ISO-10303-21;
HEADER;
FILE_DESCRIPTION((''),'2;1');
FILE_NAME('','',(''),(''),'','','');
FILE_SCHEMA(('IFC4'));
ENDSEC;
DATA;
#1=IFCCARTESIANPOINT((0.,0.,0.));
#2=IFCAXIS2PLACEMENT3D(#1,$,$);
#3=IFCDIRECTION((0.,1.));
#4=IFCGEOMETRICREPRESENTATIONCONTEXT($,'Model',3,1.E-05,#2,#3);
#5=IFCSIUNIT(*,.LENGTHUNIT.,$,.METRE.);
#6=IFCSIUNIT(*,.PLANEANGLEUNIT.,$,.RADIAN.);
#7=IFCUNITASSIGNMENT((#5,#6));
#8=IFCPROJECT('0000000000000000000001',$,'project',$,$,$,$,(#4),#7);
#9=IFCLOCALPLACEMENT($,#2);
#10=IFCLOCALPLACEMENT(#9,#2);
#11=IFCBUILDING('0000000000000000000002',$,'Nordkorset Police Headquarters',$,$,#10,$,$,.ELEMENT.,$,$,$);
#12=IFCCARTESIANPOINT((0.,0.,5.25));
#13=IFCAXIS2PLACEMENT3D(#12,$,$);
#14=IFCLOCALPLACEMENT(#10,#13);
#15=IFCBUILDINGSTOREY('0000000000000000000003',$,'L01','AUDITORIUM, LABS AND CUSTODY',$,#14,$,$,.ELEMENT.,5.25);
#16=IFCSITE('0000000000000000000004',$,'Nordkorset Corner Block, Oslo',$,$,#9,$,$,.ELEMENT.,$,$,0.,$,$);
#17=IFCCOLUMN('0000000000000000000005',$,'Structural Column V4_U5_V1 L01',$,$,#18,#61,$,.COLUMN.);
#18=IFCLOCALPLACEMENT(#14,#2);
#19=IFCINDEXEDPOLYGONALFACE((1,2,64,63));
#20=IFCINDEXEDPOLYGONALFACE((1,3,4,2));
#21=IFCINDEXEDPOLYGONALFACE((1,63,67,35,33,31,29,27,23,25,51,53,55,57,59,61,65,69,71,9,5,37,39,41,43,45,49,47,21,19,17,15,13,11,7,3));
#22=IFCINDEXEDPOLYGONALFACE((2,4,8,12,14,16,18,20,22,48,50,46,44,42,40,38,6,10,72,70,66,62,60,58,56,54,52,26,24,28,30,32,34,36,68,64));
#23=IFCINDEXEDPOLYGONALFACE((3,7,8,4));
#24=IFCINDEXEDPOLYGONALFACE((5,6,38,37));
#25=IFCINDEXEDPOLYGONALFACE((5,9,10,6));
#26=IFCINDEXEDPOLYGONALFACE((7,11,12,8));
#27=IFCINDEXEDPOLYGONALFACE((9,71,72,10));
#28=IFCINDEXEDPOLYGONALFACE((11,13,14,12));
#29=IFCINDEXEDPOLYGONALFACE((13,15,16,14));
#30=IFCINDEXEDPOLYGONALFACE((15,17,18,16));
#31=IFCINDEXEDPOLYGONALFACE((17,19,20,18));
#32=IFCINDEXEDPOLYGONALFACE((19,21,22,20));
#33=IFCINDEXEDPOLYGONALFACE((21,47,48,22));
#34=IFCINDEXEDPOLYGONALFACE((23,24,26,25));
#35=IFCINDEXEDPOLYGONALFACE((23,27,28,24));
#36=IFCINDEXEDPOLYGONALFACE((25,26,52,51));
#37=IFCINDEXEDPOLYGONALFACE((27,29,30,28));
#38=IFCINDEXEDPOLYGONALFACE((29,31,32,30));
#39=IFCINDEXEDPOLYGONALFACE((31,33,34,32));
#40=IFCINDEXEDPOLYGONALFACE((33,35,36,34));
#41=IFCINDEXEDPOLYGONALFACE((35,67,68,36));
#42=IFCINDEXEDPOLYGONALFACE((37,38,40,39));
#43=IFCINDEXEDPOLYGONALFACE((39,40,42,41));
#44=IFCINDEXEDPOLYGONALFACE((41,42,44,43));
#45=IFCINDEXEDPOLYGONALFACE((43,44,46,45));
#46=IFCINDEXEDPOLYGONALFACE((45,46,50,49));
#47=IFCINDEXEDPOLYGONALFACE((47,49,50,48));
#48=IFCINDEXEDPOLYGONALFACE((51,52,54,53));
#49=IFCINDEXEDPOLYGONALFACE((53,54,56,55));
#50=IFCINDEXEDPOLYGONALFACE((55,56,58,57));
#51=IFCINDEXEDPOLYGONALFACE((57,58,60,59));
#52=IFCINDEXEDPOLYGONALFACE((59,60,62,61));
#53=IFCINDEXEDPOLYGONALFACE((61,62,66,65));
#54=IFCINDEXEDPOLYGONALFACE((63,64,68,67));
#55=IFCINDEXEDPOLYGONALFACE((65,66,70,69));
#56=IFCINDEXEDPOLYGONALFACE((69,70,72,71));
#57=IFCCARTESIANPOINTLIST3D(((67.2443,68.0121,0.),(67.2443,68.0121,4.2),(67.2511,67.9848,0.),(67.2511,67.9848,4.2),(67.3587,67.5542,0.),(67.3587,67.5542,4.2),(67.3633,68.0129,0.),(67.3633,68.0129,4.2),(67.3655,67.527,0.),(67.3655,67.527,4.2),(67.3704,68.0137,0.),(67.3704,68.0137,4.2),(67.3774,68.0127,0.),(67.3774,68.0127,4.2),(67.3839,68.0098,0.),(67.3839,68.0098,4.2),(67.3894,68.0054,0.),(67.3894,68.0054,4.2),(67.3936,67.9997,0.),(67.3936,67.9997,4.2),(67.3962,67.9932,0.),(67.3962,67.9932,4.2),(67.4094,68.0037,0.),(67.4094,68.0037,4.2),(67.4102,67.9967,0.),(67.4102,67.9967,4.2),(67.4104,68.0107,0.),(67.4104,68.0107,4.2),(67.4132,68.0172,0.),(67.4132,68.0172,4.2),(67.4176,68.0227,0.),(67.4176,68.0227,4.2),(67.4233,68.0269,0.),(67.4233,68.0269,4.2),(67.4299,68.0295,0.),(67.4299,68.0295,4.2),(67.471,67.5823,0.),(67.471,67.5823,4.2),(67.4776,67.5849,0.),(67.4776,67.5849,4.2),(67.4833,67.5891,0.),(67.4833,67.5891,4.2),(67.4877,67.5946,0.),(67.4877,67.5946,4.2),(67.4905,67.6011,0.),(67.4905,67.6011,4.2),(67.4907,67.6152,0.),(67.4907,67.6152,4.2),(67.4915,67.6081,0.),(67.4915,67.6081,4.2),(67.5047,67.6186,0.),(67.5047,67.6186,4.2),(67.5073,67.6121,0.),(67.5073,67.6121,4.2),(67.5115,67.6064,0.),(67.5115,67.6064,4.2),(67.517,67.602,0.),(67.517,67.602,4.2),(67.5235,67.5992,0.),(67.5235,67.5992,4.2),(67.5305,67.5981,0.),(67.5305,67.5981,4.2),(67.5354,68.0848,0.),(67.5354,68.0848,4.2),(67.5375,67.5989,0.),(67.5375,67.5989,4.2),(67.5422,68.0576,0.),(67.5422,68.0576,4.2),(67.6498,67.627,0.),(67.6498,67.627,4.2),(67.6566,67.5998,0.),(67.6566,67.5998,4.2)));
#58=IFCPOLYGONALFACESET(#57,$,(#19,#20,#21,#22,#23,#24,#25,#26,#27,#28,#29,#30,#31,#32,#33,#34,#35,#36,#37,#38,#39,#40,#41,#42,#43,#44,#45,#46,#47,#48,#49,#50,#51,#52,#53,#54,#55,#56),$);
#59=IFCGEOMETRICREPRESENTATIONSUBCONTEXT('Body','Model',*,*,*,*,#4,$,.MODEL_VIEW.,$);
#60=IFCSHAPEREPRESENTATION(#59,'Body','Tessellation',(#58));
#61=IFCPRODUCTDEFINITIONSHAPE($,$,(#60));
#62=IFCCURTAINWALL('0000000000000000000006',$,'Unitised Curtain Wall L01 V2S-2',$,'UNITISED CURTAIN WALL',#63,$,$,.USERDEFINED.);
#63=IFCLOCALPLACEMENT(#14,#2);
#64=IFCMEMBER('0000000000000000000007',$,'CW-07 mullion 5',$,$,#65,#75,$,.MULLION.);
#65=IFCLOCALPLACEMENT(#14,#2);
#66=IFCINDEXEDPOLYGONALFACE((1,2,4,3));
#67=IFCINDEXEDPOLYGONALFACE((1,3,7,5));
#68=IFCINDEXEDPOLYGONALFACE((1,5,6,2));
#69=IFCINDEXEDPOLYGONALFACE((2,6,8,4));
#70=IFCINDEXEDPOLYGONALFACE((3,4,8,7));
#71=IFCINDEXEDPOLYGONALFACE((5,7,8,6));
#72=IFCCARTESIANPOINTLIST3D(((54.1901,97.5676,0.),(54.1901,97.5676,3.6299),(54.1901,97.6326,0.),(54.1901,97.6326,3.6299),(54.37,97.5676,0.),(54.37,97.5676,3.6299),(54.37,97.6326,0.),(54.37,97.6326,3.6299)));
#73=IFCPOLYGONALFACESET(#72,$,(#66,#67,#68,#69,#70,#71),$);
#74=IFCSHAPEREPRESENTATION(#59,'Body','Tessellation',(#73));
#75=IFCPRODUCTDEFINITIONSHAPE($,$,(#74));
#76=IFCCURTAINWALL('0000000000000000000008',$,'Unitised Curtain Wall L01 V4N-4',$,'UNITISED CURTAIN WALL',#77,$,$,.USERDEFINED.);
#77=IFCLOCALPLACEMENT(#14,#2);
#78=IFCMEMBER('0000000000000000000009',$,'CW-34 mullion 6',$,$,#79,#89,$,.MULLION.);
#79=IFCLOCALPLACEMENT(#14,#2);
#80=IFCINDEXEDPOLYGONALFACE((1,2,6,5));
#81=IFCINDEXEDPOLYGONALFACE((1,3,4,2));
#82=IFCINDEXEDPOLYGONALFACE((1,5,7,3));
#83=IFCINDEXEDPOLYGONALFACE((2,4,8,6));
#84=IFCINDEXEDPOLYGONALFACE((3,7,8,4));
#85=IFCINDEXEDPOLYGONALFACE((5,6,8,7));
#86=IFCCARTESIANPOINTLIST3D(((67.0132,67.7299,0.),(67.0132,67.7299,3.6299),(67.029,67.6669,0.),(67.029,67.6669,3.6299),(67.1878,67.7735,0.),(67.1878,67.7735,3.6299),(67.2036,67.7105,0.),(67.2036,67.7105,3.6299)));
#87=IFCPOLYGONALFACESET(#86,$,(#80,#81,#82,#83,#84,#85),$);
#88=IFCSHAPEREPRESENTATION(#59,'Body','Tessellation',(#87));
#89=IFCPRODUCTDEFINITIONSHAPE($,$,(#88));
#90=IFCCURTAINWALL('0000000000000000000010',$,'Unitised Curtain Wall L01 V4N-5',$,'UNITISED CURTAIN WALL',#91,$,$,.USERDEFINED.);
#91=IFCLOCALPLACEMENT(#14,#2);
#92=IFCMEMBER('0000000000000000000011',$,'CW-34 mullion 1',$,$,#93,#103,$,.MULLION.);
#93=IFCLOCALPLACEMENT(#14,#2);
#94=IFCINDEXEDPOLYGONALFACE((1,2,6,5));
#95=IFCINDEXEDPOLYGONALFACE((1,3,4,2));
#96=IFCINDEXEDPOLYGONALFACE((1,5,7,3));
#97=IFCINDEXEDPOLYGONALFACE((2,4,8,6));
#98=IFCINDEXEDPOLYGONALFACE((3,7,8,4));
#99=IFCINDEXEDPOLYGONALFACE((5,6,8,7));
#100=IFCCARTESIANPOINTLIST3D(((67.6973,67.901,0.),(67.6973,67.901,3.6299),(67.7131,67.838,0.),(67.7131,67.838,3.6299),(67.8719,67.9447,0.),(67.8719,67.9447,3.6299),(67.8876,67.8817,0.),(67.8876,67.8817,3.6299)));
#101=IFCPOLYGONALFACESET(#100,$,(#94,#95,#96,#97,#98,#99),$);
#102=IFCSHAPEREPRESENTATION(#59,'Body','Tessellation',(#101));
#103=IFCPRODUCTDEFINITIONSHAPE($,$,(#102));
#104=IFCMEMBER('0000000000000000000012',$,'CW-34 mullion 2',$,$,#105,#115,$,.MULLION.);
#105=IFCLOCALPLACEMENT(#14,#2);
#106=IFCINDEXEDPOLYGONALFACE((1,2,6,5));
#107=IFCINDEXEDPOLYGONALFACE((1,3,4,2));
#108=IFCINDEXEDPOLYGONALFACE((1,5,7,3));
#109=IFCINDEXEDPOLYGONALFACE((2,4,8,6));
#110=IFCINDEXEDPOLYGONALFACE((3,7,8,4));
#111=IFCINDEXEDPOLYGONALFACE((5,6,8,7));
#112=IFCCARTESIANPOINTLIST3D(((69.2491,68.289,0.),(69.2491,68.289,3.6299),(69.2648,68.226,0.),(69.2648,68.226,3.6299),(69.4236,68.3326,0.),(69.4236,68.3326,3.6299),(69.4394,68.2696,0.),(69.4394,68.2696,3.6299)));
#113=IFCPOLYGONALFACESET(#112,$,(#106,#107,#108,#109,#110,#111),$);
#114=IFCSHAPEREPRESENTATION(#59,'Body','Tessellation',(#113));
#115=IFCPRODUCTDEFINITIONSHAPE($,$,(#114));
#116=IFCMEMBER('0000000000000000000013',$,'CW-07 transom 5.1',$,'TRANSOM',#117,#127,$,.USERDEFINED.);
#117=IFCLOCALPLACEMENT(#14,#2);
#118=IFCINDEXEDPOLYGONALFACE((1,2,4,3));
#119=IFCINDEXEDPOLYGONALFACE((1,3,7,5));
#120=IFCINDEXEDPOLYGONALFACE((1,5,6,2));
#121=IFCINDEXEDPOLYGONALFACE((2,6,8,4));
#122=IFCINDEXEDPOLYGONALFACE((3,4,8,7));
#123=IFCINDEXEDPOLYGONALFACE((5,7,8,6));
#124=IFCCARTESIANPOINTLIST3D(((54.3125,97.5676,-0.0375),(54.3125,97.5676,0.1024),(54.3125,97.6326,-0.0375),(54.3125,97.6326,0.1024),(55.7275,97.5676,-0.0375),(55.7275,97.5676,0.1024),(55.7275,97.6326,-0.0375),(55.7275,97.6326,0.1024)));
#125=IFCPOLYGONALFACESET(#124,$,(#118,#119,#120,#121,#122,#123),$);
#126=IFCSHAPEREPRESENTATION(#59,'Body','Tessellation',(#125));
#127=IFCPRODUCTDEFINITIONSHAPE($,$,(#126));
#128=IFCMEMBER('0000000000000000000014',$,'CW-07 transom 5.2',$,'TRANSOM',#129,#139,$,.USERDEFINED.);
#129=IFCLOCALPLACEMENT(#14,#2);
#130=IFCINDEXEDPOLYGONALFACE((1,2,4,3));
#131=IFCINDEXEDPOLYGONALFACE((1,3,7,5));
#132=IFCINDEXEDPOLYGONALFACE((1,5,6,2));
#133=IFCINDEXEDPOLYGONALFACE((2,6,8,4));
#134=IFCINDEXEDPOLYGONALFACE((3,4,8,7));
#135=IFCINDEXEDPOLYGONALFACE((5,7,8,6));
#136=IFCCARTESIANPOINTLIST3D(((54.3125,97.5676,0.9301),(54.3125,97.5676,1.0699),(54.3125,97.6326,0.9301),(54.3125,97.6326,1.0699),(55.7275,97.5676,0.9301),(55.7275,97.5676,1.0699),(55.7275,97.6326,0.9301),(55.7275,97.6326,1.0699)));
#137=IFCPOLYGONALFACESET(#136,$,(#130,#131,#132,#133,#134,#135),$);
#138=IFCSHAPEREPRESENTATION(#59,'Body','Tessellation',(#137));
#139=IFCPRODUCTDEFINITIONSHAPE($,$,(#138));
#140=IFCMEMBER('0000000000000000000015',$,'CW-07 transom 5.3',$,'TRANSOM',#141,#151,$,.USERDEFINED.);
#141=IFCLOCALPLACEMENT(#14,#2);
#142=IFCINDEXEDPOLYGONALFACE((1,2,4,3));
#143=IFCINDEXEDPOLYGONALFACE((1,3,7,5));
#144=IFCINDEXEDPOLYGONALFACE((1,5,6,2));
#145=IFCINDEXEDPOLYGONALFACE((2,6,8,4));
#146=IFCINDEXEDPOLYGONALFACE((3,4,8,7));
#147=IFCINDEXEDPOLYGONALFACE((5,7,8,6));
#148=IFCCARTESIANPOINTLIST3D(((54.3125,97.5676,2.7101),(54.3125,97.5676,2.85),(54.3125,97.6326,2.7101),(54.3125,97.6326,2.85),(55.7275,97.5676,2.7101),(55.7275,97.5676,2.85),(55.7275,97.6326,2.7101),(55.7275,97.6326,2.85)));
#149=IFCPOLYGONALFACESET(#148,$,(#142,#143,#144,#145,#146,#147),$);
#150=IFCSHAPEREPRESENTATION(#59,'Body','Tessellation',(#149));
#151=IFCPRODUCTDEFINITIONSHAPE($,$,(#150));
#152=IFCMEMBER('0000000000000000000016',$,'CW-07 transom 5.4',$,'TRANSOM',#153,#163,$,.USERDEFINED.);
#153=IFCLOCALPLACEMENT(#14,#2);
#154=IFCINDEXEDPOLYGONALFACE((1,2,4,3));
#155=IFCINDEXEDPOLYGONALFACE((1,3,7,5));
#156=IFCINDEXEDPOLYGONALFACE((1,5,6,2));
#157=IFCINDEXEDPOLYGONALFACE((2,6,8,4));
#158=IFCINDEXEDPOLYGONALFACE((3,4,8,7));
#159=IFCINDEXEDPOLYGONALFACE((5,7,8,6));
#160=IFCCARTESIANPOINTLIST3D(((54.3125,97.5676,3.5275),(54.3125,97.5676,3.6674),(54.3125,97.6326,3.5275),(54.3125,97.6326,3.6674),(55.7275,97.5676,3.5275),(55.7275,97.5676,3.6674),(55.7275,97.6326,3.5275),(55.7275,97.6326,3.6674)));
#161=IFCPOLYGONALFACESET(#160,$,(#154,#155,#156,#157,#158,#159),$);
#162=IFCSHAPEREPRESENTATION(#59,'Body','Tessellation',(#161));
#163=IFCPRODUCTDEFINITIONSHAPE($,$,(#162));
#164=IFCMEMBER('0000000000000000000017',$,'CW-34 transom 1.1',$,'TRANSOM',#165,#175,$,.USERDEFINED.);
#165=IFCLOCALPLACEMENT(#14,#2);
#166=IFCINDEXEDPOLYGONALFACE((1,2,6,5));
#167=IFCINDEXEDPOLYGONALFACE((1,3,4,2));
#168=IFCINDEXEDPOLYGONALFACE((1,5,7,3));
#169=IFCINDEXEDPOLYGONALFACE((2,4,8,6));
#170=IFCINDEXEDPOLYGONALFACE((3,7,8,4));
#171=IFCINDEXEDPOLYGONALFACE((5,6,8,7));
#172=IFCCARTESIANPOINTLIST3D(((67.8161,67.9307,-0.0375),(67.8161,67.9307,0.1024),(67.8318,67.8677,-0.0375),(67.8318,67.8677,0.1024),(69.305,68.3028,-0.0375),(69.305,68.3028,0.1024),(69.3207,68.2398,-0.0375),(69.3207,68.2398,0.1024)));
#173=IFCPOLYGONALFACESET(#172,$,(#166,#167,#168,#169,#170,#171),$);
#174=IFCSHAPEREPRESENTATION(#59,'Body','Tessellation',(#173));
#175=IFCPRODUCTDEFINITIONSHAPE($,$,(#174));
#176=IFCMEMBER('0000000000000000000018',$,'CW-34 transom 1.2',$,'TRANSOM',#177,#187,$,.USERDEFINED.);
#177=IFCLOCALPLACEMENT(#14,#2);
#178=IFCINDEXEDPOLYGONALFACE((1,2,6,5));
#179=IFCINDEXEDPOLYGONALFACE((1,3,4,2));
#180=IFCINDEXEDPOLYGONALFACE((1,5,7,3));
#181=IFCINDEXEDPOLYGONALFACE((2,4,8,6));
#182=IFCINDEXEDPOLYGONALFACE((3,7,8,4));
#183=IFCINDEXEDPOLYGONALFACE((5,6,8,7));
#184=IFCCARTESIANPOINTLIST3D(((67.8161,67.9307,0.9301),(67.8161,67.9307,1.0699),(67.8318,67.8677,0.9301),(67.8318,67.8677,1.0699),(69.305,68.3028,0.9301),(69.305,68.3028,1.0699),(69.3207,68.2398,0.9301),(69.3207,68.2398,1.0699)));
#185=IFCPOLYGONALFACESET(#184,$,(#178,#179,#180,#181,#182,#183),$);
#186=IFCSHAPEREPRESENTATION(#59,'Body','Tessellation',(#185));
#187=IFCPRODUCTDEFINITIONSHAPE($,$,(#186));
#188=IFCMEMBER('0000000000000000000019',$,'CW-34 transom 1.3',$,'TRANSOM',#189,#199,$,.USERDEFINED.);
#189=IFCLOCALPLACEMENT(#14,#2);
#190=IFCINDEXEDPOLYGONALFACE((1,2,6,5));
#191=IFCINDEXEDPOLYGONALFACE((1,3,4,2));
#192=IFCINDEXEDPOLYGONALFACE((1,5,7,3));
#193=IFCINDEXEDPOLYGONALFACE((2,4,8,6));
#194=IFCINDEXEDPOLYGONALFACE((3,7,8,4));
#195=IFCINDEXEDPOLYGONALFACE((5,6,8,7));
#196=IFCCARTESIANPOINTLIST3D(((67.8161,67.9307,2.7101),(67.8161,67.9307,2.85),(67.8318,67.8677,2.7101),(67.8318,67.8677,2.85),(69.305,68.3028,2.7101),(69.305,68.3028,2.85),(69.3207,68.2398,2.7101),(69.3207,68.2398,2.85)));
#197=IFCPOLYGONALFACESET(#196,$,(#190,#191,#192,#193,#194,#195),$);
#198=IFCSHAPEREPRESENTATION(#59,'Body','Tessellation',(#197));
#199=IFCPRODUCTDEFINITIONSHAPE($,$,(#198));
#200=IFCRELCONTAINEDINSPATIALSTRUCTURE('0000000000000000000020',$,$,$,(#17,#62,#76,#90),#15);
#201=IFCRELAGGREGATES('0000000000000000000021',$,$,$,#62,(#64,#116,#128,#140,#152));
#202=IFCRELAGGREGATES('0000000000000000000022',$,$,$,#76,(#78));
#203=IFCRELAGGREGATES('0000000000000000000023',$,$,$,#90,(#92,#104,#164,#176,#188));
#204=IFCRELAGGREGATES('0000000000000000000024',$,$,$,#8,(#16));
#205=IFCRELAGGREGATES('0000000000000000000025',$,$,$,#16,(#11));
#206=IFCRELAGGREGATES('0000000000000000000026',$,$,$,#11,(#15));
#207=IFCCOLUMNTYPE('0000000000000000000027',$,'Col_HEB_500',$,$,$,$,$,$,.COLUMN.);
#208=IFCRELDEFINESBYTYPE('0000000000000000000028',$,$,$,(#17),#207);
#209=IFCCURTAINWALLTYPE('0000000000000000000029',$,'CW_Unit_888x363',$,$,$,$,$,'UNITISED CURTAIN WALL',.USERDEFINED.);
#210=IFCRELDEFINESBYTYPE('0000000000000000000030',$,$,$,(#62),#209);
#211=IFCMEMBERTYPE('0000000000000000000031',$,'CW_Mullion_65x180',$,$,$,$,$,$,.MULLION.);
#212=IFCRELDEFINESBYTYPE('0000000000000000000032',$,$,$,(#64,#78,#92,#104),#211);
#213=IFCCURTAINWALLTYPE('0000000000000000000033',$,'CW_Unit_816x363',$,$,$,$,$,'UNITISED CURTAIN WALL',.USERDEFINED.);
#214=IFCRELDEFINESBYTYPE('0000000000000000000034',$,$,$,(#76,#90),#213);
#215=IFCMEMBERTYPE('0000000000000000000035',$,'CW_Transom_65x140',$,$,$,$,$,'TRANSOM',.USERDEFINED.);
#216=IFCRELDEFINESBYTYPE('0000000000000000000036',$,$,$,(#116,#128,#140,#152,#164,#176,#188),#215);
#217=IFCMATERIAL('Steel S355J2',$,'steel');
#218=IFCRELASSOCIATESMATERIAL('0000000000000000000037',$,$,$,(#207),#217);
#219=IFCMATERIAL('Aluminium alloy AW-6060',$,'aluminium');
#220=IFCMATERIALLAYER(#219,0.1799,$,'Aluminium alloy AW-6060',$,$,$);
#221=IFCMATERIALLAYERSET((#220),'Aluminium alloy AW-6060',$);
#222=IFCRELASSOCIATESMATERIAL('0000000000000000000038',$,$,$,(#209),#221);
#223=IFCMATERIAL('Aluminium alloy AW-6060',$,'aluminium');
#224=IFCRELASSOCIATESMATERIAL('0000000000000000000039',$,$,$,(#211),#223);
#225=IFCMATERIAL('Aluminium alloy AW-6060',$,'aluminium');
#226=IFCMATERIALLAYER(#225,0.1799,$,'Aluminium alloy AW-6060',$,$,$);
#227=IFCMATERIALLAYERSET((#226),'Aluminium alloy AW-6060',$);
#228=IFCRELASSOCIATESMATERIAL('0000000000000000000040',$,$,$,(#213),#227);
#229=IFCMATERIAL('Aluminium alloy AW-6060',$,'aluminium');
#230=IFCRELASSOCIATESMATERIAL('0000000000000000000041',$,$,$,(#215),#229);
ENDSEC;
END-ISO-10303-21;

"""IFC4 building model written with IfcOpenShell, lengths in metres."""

from ifc_helpers import new_model, si_unit, direction, frame, origin, origin_2d, place, context, subcontext, project, spatial, rectangle, i_section, extrude, material, layer, layer_set, material_profile, profile_set, type_object, element, aggregate, save


model = new_model("IFC4")

# Units and contexts
model_context = context("Model", 3, precision=1e-05, world=origin(), true_north=direction((0.0, 1.0)))
body_context = subcontext(model_context, "Body", "Model", "MODEL_VIEW")
ifc_project = project(units=[si_unit("LENGTHUNIT", "METRE"), si_unit("PLANEANGLEUNIT", "RADIAN")], contexts=[model_context])

# Site, building, storey
site_placement = place(None, origin())
site = spatial("IfcSite", under=ifc_project, at=site_placement, Name="Nordkorset Corner Block, Oslo", CompositionType="ELEMENT", RefElevation=0.0)
building_placement = place(site_placement, origin())
building = spatial("IfcBuilding", under=site, at=building_placement, Name="Nordkorset Police Headquarters", CompositionType="ELEMENT")
storey_placement = place(building_placement, frame((0.0, 0.0, 5.25)))
storey = spatial("IfcBuildingStorey", under=building, at=storey_placement, Name="L01", Description="AUDITORIUM, LABS AND CUSTODY", CompositionType="ELEMENT", Elevation=5.25)

# Column
ifc_material_1 = material(Name="Steel S355J2", Category="steel")
ifc_material_profile_1 = material_profile(ifc_material_1, i_section(OverallWidth=0.3, OverallDepth=0.5, WebThickness=0.0144, FlangeThickness=0.0281, FilletRadius=0.0271, at=origin_2d()), Name="HEB 500")
ifc_profile_set_1 = profile_set([ifc_material_profile_1], Name="Steel S355J2")
column_type = type_object("IfcColumnType", Name="Col_HEB_500", PredefinedType="COLUMN", material=ifc_profile_set_1)
column_placement = place(storey_placement, frame((67.4504, 67.8059, 0.0), z_axis=(0.0, 0.0, 1.0), x_axis=(0.970143, 0.242536, 0.0)))
element("IfcColumn", 1, at=column_placement, inside=storey, type_object=column_type, Name="Structural Column V4_U5_V1 L01", PredefinedType="COLUMN", context=body_context, shape_type="SweptSolid", body=[
    extrude(i_section(OverallWidth=0.3, OverallDepth=0.5, WebThickness=0.0144, FlangeThickness=0.0281, FilletRadius=0.0271, at=origin_2d()), origin(), (0.0, 0.0, 1.0), 4.2),
])

# Curtain walls, members
ifc_material_2 = material(Name="Aluminium alloy AW-6060", Category="aluminium")
ifc_layer_1 = layer(ifc_material_2, 0.1799, Name="Aluminium alloy AW-6060")
ifc_layer_set_1 = layer_set([ifc_layer_1], Name="Aluminium alloy AW-6060")
curtain_wall_type_1 = type_object("IfcCurtainWallType", Name="CW_Unit_888x363", ElementType="UNITISED CURTAIN WALL", PredefinedType="USERDEFINED", material=ifc_layer_set_1)
curtain_wall_1_placement = place(storey_placement, origin())
curtain_wall_1 = element("IfcCurtainWall", 2, at=curtain_wall_1_placement, inside=storey, type_object=curtain_wall_type_1, Name="Unitised Curtain Wall L01 V2S-2", ObjectType="UNITISED CURTAIN WALL", PredefinedType="USERDEFINED")
ifc_material_3 = material(Name="Aluminium alloy AW-6060", Category="aluminium")
ifc_material_profile_2 = material_profile(ifc_material_3, rectangle(XDim=0.0649, YDim=0.1799, at=origin_2d()), Name="ALU MULL 65x180")
ifc_profile_set_2 = profile_set([ifc_material_profile_2], Name="Aluminium alloy AW-6060")
member_type_1 = type_object("IfcMemberType", Name="CW_Mullion_65x180", PredefinedType="MULLION", material=ifc_profile_set_2)
member_1_placement = place(storey_placement, frame((54.28, 97.6001, 0.0), z_axis=(0.0, 0.0, 1.0), x_axis=(0.0, 1.0, 0.0)))
member_1 = element("IfcMember", 3, at=member_1_placement, type_object=member_type_1, Name="CW-07 mullion 5", PredefinedType="MULLION", context=body_context, shape_type="SweptSolid", body=[
    extrude(rectangle(XDim=0.0649, YDim=0.1799, at=origin_2d()), origin(), (0.0, 0.0, 1.0), 3.6299),
])
ifc_material_4 = material(Name="Aluminium alloy AW-6060", Category="aluminium")
ifc_layer_2 = layer(ifc_material_4, 0.1799, Name="Aluminium alloy AW-6060")
ifc_layer_set_2 = layer_set([ifc_layer_2], Name="Aluminium alloy AW-6060")
curtain_wall_type_2 = type_object("IfcCurtainWallType", Name="CW_Unit_816x363", ElementType="UNITISED CURTAIN WALL", PredefinedType="USERDEFINED", material=ifc_layer_set_2)
curtain_wall_2_placement = place(storey_placement, origin())
curtain_wall_2 = element("IfcCurtainWall", 4, at=curtain_wall_2_placement, inside=storey, type_object=curtain_wall_type_2, Name="Unitised Curtain Wall L01 V4N-4", ObjectType="UNITISED CURTAIN WALL", PredefinedType="USERDEFINED")
member_2_placement = place(storey_placement, frame((67.1084, 67.7202, 0.0), z_axis=(0.0, 0.0, 1.0), x_axis=(-0.242535, 0.970143, 0.0)))
member_2 = element("IfcMember", 5, at=member_2_placement, type_object=member_type_1, Name="CW-34 mullion 6", PredefinedType="MULLION", context=body_context, shape_type="SweptSolid", body=[
    extrude(rectangle(XDim=0.0649, YDim=0.1799, at=origin_2d()), origin(), (0.0, 0.0, 1.0), 3.6299),
])

# Curtain wall, members
curtain_wall_3_placement = place(storey_placement, origin())
curtain_wall_3 = element("IfcCurtainWall", 6, at=curtain_wall_3_placement, inside=storey, type_object=curtain_wall_type_2, Name="Unitised Curtain Wall L01 V4N-5", ObjectType="UNITISED CURTAIN WALL", PredefinedType="USERDEFINED")
member_3_placement = place(storey_placement, frame((67.7925, 67.8914, 0.0), z_axis=(0.0, 0.0, 1.0), x_axis=(-0.242536, 0.970143, 0.0)))
member_3 = element("IfcMember", 7, at=member_3_placement, type_object=member_type_1, Name="CW-34 mullion 1", PredefinedType="MULLION", context=body_context, shape_type="SweptSolid", body=[
    extrude(rectangle(XDim=0.0649, YDim=0.1799, at=origin_2d()), origin(), (0.0, 0.0, 1.0), 3.6299),
])
member_4_placement = place(storey_placement, frame((69.3442, 68.2793, 0.0), z_axis=(0.0, 0.0, 1.0), x_axis=(-0.242536, 0.970143, 0.0)))
member_4 = element("IfcMember", 8, at=member_4_placement, type_object=member_type_1, Name="CW-34 mullion 2", PredefinedType="MULLION", context=body_context, shape_type="SweptSolid", body=[
    extrude(rectangle(XDim=0.0649, YDim=0.1799, at=origin_2d()), origin(), (0.0, 0.0, 1.0), 3.6299),
])

# Members
ifc_material_5 = material(Name="Aluminium alloy AW-6060", Category="aluminium")
ifc_material_profile_3 = material_profile(ifc_material_5, rectangle(XDim=0.0649, YDim=0.1399, at=origin_2d()), Name="ALU TRAN 65x140")
ifc_profile_set_3 = profile_set([ifc_material_profile_3], Name="Aluminium alloy AW-6060")
member_type_2 = type_object("IfcMemberType", Name="CW_Transom_65x140", ElementType="TRANSOM", PredefinedType="USERDEFINED", material=ifc_profile_set_3)
member_5_placement = place(storey_placement, frame((54.3125, 97.6001, 0.0325), z_axis=(1.0, 0.0, 0.0), x_axis=(0.0, 1.0, 0.0)))
member_5 = element("IfcMember", 9, at=member_5_placement, type_object=member_type_2, Name="CW-07 transom 5.1", ObjectType="TRANSOM", PredefinedType="USERDEFINED", context=body_context, shape_type="SweptSolid", body=[
    extrude(rectangle(XDim=0.0649, YDim=0.1399, at=origin_2d()), origin(), (0.0, 0.0, 1.0), 1.415),
])
member_6_placement = place(storey_placement, frame((54.3125, 97.6001, 1.0), z_axis=(1.0, 0.0, 0.0), x_axis=(0.0, 1.0, 0.0)))
member_6 = element("IfcMember", 10, at=member_6_placement, type_object=member_type_2, Name="CW-07 transom 5.2", ObjectType="TRANSOM", PredefinedType="USERDEFINED", context=body_context, shape_type="SweptSolid", body=[
    extrude(rectangle(XDim=0.0649, YDim=0.1399, at=origin_2d()), origin(), (0.0, 0.0, 1.0), 1.415),
])
member_7_placement = place(storey_placement, frame((54.3125, 97.6001, 2.78), z_axis=(1.0, 0.0, 0.0), x_axis=(0.0, 1.0, 0.0)))
member_7 = element("IfcMember", 11, at=member_7_placement, type_object=member_type_2, Name="CW-07 transom 5.3", ObjectType="TRANSOM", PredefinedType="USERDEFINED", context=body_context, shape_type="SweptSolid", body=[
    extrude(rectangle(XDim=0.0649, YDim=0.1399, at=origin_2d()), origin(), (0.0, 0.0, 1.0), 1.415),
])
member_8_placement = place(storey_placement, frame((54.3125, 97.6001, 3.5974), z_axis=(1.0, 0.0, 0.0), x_axis=(0.0, 1.0, 0.0)))
member_8 = element("IfcMember", 12, at=member_8_placement, type_object=member_type_2, Name="CW-07 transom 5.4", ObjectType="TRANSOM", PredefinedType="USERDEFINED", context=body_context, shape_type="SweptSolid", body=[
    extrude(rectangle(XDim=0.0649, YDim=0.1399, at=origin_2d()), origin(), (0.0, 0.0, 1.0), 1.415),
])
member_9_placement = place(storey_placement, frame((67.824, 67.8992, 0.0325), z_axis=(0.970161, 0.242461, 0.0), x_axis=(-0.242461, 0.970161, 0.0)))
member_9 = element("IfcMember", 13, at=member_9_placement, type_object=member_type_2, Name="CW-34 transom 1.1", ObjectType="TRANSOM", PredefinedType="USERDEFINED", context=body_context, shape_type="SweptSolid", body=[
    extrude(rectangle(XDim=0.0649, YDim=0.1399, at=origin_2d()), origin(), (0.0, 0.0, 1.0), 1.5347),
])
member_10_placement = place(storey_placement, frame((67.824, 67.8992, 1.0), z_axis=(0.970161, 0.242461, 0.0), x_axis=(-0.242461, 0.970161, 0.0)))
member_10 = element("IfcMember", 14, at=member_10_placement, type_object=member_type_2, Name="CW-34 transom 1.2", ObjectType="TRANSOM", PredefinedType="USERDEFINED", context=body_context, shape_type="SweptSolid", body=[
    extrude(rectangle(XDim=0.0649, YDim=0.1399, at=origin_2d()), origin(), (0.0, 0.0, 1.0), 1.5347),
])
member_11_placement = place(storey_placement, frame((67.824, 67.8992, 2.78), z_axis=(0.970161, 0.242461, 0.0), x_axis=(-0.242461, 0.970161, 0.0)))
member_11 = element("IfcMember", 15, at=member_11_placement, type_object=member_type_2, Name="CW-34 transom 1.3", ObjectType="TRANSOM", PredefinedType="USERDEFINED", context=body_context, shape_type="SweptSolid", body=[
    extrude(rectangle(XDim=0.0649, YDim=0.1399, at=origin_2d()), origin(), (0.0, 0.0, 1.0), 1.5347),
])

aggregate(curtain_wall_1, [member_1, member_5, member_6, member_7, member_8])
aggregate(curtain_wall_2, [member_2])
aggregate(curtain_wall_3, [member_3, member_4, member_9, member_10, member_11])

save(model, "model.ifc")
